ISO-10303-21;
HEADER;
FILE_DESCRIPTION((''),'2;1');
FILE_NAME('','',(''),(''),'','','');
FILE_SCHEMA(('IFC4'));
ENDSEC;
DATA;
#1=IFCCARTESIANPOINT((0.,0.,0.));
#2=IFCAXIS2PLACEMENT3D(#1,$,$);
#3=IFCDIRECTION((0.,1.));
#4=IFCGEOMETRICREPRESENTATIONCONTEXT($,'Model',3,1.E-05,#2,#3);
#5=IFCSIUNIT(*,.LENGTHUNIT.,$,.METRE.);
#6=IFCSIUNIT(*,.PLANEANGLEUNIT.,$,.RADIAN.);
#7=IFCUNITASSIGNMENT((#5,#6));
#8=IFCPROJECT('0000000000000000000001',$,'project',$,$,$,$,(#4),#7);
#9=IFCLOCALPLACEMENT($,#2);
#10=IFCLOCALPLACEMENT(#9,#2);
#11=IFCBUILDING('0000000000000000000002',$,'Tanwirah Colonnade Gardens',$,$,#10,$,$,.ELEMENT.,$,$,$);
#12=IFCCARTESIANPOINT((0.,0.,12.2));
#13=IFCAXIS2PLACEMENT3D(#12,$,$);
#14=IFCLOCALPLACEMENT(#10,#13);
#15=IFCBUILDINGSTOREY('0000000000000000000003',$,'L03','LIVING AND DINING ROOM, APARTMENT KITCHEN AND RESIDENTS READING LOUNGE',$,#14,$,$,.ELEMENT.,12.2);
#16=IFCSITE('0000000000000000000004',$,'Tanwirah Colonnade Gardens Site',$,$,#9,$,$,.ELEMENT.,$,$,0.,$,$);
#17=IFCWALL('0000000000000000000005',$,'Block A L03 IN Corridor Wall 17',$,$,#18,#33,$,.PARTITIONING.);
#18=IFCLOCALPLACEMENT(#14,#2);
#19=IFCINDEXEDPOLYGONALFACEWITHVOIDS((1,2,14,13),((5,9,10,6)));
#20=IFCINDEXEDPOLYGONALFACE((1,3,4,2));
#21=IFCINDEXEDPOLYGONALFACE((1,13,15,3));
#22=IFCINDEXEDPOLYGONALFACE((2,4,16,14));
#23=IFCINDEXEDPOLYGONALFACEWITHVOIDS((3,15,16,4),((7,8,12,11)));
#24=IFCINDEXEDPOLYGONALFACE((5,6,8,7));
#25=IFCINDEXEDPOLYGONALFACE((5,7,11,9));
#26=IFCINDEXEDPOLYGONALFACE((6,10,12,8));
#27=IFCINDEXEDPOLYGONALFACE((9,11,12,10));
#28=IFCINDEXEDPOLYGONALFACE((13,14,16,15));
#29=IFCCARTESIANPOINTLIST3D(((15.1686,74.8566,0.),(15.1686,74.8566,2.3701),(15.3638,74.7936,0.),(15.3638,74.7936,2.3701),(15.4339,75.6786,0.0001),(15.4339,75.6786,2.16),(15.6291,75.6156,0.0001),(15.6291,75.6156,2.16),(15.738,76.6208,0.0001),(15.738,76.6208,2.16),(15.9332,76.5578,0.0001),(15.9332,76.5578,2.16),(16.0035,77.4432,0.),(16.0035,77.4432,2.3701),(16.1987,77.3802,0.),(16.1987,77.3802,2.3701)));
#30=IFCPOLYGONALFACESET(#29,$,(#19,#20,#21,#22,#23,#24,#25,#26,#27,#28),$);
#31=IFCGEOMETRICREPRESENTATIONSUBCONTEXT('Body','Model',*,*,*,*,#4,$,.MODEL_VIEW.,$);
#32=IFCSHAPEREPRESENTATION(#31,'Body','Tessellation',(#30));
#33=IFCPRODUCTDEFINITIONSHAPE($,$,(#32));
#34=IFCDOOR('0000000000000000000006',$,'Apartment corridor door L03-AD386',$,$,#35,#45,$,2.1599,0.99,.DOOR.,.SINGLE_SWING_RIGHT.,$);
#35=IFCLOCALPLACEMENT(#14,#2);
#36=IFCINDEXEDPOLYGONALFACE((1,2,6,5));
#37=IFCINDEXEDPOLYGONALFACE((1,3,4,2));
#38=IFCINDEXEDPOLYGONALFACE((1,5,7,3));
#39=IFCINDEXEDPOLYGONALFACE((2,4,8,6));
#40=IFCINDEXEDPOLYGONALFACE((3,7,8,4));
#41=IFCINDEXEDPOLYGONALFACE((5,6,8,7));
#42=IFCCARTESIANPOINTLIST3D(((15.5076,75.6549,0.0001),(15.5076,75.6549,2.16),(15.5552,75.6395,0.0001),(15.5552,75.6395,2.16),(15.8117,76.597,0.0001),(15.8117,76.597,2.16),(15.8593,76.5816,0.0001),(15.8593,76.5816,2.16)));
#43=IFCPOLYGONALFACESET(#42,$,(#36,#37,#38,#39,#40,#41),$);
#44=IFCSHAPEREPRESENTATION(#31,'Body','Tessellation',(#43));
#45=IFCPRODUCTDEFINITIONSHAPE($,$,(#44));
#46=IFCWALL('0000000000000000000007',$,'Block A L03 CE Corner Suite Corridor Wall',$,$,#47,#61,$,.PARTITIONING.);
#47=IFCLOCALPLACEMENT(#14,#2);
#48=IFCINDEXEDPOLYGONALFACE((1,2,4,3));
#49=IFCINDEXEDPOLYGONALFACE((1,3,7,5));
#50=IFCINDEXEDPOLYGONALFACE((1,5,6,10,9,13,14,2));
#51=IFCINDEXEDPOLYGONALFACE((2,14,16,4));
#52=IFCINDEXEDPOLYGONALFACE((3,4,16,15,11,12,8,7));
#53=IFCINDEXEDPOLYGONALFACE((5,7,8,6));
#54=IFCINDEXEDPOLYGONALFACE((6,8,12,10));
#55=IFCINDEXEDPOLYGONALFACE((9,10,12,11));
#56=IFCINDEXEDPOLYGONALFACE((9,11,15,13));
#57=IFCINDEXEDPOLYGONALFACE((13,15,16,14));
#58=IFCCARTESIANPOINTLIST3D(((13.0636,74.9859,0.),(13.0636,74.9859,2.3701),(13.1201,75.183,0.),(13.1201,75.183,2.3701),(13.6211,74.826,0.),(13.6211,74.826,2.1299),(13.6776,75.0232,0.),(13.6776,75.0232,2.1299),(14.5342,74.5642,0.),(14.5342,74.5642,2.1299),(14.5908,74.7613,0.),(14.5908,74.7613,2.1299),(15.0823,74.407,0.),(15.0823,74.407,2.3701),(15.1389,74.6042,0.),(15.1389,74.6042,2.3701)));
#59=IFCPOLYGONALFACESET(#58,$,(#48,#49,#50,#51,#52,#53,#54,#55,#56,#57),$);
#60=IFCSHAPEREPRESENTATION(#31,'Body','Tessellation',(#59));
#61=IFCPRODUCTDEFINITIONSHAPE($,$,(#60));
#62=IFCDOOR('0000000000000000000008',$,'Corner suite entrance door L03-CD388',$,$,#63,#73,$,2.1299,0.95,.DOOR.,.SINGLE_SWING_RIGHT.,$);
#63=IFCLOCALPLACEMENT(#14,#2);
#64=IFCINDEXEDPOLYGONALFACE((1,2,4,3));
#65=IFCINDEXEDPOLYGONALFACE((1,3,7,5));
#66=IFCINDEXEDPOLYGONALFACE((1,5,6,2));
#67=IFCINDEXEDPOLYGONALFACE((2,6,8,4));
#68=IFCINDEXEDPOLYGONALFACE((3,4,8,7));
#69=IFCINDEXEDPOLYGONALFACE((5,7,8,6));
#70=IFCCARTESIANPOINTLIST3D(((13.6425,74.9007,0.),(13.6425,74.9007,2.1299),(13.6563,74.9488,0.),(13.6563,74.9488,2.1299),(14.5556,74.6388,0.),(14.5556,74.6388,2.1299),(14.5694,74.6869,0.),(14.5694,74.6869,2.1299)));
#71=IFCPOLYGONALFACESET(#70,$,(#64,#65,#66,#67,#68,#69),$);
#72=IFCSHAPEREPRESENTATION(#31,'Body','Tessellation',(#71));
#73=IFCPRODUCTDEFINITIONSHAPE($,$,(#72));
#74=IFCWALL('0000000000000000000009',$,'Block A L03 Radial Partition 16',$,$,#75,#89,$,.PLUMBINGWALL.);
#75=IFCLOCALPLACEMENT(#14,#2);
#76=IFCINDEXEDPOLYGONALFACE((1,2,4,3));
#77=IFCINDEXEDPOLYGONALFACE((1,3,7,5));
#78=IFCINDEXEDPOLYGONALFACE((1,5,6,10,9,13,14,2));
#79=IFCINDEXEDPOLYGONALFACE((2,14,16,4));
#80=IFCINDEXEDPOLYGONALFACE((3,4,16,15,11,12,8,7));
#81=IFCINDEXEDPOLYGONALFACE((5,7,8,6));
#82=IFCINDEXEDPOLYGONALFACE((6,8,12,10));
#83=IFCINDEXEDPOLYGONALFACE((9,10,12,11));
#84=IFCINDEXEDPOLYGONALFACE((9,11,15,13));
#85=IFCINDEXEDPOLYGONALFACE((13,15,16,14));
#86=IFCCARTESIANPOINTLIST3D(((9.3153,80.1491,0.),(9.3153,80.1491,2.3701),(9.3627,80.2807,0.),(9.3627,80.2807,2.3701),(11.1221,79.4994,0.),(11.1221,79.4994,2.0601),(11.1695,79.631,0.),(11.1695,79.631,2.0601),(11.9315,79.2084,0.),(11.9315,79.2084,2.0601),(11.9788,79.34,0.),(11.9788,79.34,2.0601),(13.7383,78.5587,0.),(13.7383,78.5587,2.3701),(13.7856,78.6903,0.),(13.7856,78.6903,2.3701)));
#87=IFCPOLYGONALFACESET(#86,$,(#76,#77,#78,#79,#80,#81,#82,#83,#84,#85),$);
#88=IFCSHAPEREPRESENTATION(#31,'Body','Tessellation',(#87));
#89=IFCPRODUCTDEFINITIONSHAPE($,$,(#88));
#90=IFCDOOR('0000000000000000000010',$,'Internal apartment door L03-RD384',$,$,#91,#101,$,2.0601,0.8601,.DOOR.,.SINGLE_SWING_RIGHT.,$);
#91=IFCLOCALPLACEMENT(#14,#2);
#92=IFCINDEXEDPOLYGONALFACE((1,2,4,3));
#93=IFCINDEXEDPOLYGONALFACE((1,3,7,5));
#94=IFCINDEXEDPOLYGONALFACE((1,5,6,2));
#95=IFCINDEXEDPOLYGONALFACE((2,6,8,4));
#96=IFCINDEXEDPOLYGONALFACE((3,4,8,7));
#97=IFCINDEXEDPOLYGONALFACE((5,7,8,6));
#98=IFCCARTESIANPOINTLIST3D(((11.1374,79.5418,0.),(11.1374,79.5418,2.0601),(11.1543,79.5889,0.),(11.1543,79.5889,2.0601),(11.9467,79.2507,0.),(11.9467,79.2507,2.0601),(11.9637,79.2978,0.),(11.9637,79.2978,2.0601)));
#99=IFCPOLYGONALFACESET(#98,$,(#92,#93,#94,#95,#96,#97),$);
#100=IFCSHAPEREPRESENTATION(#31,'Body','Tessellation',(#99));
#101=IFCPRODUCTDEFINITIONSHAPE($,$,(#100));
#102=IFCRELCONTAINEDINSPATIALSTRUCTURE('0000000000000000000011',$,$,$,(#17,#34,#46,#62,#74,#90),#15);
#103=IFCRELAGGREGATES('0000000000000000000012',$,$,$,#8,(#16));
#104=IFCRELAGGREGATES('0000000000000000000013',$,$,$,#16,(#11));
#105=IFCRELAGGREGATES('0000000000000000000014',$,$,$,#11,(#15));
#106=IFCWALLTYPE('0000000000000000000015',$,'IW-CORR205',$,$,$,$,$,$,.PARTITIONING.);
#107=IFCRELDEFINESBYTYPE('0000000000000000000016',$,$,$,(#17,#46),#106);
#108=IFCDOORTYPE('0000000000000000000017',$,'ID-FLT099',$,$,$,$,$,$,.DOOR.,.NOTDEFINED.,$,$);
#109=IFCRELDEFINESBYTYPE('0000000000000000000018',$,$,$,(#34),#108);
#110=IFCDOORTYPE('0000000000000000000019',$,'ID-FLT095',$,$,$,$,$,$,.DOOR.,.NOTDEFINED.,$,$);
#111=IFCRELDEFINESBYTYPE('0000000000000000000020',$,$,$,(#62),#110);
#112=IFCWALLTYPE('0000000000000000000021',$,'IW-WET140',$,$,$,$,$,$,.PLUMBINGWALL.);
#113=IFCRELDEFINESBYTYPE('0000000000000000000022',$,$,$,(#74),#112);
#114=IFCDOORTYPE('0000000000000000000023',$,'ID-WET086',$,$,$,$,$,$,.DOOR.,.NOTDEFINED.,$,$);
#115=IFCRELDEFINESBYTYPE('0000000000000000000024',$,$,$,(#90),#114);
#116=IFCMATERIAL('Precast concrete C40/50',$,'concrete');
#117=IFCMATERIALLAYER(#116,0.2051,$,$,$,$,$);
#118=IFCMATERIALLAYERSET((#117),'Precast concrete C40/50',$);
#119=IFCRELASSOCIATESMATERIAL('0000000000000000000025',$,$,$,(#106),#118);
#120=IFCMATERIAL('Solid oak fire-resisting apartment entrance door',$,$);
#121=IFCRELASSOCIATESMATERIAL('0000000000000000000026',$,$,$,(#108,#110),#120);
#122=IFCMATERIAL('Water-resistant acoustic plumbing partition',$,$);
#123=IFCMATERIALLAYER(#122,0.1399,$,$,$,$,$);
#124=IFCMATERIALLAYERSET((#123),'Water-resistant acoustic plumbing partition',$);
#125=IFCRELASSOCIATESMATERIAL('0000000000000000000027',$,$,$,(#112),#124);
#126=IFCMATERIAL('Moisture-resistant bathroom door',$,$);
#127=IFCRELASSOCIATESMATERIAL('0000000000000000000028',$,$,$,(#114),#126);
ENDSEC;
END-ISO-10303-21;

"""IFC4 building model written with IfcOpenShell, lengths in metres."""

from ifc_helpers import new_model, si_unit, direction, frame, frame_2d, origin, place, context, subcontext, project, spatial, rectangle, extrude, material, layer, layer_set, type_object, element, fill, save


model = new_model("IFC4")

# Units and contexts
model_context = context("Model", 3, precision=1e-05, world=origin(), true_north=direction((0.0, 1.0)))
body_context = subcontext(model_context, "Body", "Model", "MODEL_VIEW")
ifc_project = project(units=[si_unit("LENGTHUNIT", "METRE"), si_unit("PLANEANGLEUNIT", "RADIAN")], contexts=[model_context])

# Site, building, storey
site_placement = place(None, origin())
site = spatial("IfcSite", under=ifc_project, at=site_placement, Name="Tanwirah Colonnade Gardens Site", CompositionType="ELEMENT", RefElevation=0.0)
building_placement = place(site_placement, origin())
building = spatial("IfcBuilding", under=site, at=building_placement, Name="Tanwirah Colonnade Gardens", CompositionType="ELEMENT")
storey_placement = place(building_placement, frame((0.0, 0.0, 12.2)))
storey = spatial("IfcBuildingStorey", under=building, at=storey_placement, Name="L03", Description="LIVING AND DINING ROOM, APARTMENT KITCHEN AND RESIDENTS READING LOUNGE", CompositionType="ELEMENT", Elevation=12.2)

# Shared definitions
ifc_material_1 = material(Name="Precast concrete C40/50", Category="concrete")

# Walls, openings, doors
ifc_layer_1 = layer(ifc_material_1, 0.2051)
ifc_layer_set_1 = layer_set([ifc_layer_1], Name="Precast concrete C40/50")
wall_type_1 = type_object("IfcWallType", Name="IW-CORR205", PredefinedType="PARTITIONING", material=ifc_layer_set_1)
ifc_material_2 = material(Name="Solid oak fire-resisting apartment entrance door")
door_type_1 = type_object("IfcDoorType", Name="ID-FLT099", OperationType="NOTDEFINED", PredefinedType="DOOR", material=ifc_material_2)
wall_1_placement = place(storey_placement, frame((16.1011, 77.4116, 0.0), z_axis=(0.0, 0.0, 1.0), x_axis=(-0.307186, -0.951649, 0.0)))
wall_1 = element("IfcWall", 1, at=wall_1_placement, inside=storey, type_object=wall_type_1, Name="Block A L03 IN Corridor Wall 17", PredefinedType="PARTITIONING", context=body_context, shape_type="SweptSolid", body=[
    extrude(rectangle(XDim=2.718, YDim=0.2051, at=frame_2d((1.3589, 0.0))), origin(), (0.0, 0.0, 1.0), 2.3701),
])
opening_1_placement = place(wall_1_placement, frame((0.864, 0.0, 0.0)))
opening_1 = element("IfcOpeningElement", 2, at=opening_1_placement, cuts=wall_1, PredefinedType="OPENING", context=body_context, shape_type="SweptSolid", body=[
    extrude(rectangle(XDim=0.99, YDim=2.1599, at=frame_2d((0.4951, 1.0801))), frame((0.0, 0.1125, 0.0), z_axis=(0.0, -1.0, 0.0), x_axis=(1.0, 0.0, 0.0)), (0.0, 0.0, 1.0), 0.2251),
])
door_1_placement = place(opening_1_placement, origin())
door_1 = element("IfcDoor", 3, at=door_1_placement, inside=storey, type_object=door_type_1, Name="Apartment corridor door L03-AD386", OperationType="SINGLE_SWING_RIGHT", OverallHeight=2.1599, OverallWidth=0.99, PredefinedType="DOOR", context=body_context, shape_type="SweptSolid", body=[
    extrude(rectangle(XDim=0.99, YDim=2.1599, at=frame_2d((0.4951, 1.0801))), frame((0.0, 0.0249, 0.0), z_axis=(0.0, -1.0, 0.0), x_axis=(1.0, 0.0, 0.0)), (0.0, 0.0, 1.0), 0.05),
])
fill(opening_1, door_1)
wall_2_placement = place(storey_placement, frame((15.1106, 74.5056, 0.0), z_axis=(0.0, 0.0, 1.0), x_axis=(-0.961265, 0.275627, 0.0)))
wall_2 = element("IfcWall", 4, at=wall_2_placement, inside=storey, type_object=wall_type_1, Name="Block A L03 CE Corner Suite Corridor Wall", PredefinedType="PARTITIONING", context=body_context, shape_type="SweptSolid", body=[
    extrude(rectangle(XDim=2.1001, YDim=0.2051, at=frame_2d((1.05, 0.0))), origin(), (0.0, 0.0, 1.0), 2.3701),
])
opening_2_placement = place(wall_2_placement, frame((0.5701, 0.0, 0.0)))
opening_2 = element("IfcOpeningElement", 5, at=opening_2_placement, cuts=wall_2, PredefinedType="OPENING", context=body_context, shape_type="SweptSolid", body=[
    extrude(rectangle(XDim=0.95, YDim=2.1299, at=frame_2d((0.4751, 1.0649))), frame((0.0, 0.1125, 0.0), z_axis=(0.0, -1.0, 0.0), x_axis=(1.0, 0.0, 0.0)), (0.0, 0.0, 1.0), 0.2251),
])
door_type_2 = type_object("IfcDoorType", Name="ID-FLT095", OperationType="NOTDEFINED", PredefinedType="DOOR", material=ifc_material_2)
door_2_placement = place(opening_2_placement, origin())
door_2 = element("IfcDoor", 6, at=door_2_placement, inside=storey, type_object=door_type_2, Name="Corner suite entrance door L03-CD388", OperationType="SINGLE_SWING_RIGHT", OverallHeight=2.1299, OverallWidth=0.95, PredefinedType="DOOR", context=body_context, shape_type="SweptSolid", body=[
    extrude(rectangle(XDim=0.95, YDim=2.1299, at=frame_2d((0.4751, 1.0649))), frame((0.0, 0.0249, 0.0), z_axis=(0.0, -1.0, 0.0), x_axis=(1.0, 0.0, 0.0)), (0.0, 0.0, 1.0), 0.05),
])
fill(opening_2, door_2)
ifc_material_3 = material(Name="Water-resistant acoustic plumbing partition")
ifc_layer_2 = layer(ifc_material_3, 0.1399)
ifc_layer_set_2 = layer_set([ifc_layer_2], Name="Water-resistant acoustic plumbing partition")
wall_type_2 = type_object("IfcWallType", Name="IW-WET140", PredefinedType="PLUMBINGWALL", material=ifc_layer_set_2)
wall_3_placement = place(storey_placement, frame((13.762, 78.6245, 0.0), z_axis=(0.0, 0.0, 1.0), x_axis=(-0.941016, 0.338363, 0.0)))
wall_3 = element("IfcWall", 7, at=wall_3_placement, inside=storey, type_object=wall_type_2, Name="Block A L03 Radial Partition 16", PredefinedType="PLUMBINGWALL", context=body_context, shape_type="SweptSolid", body=[
    extrude(rectangle(XDim=4.7002, YDim=0.1399, at=frame_2d((2.3501, 0.0))), origin(), (0.0, 0.0, 1.0), 2.3701),
])
opening_3_placement = place(wall_3_placement, frame((1.9199, 0.0, 0.0)))
opening_3 = element("IfcOpeningElement", 8, at=opening_3_placement, cuts=wall_3, PredefinedType="OPENING", context=body_context, shape_type="SweptSolid", body=[
    extrude(rectangle(XDim=0.8601, YDim=2.0601, at=frame_2d((0.4302, 1.03))), frame((0.0, 0.0798, 0.0), z_axis=(0.0, -1.0, 0.0), x_axis=(1.0, 0.0, 0.0)), (0.0, 0.0, 1.0), 0.1599),
])
ifc_material_4 = material(Name="Moisture-resistant bathroom door")
door_type_3 = type_object("IfcDoorType", Name="ID-WET086", OperationType="NOTDEFINED", PredefinedType="DOOR", material=ifc_material_4)
door_3_placement = place(opening_3_placement, origin())
door_3 = element("IfcDoor", 9, at=door_3_placement, inside=storey, type_object=door_type_3, Name="Internal apartment door L03-RD384", OperationType="SINGLE_SWING_RIGHT", OverallHeight=2.0601, OverallWidth=0.8601, PredefinedType="DOOR", context=body_context, shape_type="SweptSolid", body=[
    extrude(rectangle(XDim=0.8601, YDim=2.0601, at=frame_2d((0.4302, 1.03))), frame((0.0, 0.0249, 0.0), z_axis=(0.0, -1.0, 0.0), x_axis=(1.0, 0.0, 0.0)), (0.0, 0.0, 1.0), 0.05),
])
fill(opening_3, door_3)

save(model, "model.ifc")
